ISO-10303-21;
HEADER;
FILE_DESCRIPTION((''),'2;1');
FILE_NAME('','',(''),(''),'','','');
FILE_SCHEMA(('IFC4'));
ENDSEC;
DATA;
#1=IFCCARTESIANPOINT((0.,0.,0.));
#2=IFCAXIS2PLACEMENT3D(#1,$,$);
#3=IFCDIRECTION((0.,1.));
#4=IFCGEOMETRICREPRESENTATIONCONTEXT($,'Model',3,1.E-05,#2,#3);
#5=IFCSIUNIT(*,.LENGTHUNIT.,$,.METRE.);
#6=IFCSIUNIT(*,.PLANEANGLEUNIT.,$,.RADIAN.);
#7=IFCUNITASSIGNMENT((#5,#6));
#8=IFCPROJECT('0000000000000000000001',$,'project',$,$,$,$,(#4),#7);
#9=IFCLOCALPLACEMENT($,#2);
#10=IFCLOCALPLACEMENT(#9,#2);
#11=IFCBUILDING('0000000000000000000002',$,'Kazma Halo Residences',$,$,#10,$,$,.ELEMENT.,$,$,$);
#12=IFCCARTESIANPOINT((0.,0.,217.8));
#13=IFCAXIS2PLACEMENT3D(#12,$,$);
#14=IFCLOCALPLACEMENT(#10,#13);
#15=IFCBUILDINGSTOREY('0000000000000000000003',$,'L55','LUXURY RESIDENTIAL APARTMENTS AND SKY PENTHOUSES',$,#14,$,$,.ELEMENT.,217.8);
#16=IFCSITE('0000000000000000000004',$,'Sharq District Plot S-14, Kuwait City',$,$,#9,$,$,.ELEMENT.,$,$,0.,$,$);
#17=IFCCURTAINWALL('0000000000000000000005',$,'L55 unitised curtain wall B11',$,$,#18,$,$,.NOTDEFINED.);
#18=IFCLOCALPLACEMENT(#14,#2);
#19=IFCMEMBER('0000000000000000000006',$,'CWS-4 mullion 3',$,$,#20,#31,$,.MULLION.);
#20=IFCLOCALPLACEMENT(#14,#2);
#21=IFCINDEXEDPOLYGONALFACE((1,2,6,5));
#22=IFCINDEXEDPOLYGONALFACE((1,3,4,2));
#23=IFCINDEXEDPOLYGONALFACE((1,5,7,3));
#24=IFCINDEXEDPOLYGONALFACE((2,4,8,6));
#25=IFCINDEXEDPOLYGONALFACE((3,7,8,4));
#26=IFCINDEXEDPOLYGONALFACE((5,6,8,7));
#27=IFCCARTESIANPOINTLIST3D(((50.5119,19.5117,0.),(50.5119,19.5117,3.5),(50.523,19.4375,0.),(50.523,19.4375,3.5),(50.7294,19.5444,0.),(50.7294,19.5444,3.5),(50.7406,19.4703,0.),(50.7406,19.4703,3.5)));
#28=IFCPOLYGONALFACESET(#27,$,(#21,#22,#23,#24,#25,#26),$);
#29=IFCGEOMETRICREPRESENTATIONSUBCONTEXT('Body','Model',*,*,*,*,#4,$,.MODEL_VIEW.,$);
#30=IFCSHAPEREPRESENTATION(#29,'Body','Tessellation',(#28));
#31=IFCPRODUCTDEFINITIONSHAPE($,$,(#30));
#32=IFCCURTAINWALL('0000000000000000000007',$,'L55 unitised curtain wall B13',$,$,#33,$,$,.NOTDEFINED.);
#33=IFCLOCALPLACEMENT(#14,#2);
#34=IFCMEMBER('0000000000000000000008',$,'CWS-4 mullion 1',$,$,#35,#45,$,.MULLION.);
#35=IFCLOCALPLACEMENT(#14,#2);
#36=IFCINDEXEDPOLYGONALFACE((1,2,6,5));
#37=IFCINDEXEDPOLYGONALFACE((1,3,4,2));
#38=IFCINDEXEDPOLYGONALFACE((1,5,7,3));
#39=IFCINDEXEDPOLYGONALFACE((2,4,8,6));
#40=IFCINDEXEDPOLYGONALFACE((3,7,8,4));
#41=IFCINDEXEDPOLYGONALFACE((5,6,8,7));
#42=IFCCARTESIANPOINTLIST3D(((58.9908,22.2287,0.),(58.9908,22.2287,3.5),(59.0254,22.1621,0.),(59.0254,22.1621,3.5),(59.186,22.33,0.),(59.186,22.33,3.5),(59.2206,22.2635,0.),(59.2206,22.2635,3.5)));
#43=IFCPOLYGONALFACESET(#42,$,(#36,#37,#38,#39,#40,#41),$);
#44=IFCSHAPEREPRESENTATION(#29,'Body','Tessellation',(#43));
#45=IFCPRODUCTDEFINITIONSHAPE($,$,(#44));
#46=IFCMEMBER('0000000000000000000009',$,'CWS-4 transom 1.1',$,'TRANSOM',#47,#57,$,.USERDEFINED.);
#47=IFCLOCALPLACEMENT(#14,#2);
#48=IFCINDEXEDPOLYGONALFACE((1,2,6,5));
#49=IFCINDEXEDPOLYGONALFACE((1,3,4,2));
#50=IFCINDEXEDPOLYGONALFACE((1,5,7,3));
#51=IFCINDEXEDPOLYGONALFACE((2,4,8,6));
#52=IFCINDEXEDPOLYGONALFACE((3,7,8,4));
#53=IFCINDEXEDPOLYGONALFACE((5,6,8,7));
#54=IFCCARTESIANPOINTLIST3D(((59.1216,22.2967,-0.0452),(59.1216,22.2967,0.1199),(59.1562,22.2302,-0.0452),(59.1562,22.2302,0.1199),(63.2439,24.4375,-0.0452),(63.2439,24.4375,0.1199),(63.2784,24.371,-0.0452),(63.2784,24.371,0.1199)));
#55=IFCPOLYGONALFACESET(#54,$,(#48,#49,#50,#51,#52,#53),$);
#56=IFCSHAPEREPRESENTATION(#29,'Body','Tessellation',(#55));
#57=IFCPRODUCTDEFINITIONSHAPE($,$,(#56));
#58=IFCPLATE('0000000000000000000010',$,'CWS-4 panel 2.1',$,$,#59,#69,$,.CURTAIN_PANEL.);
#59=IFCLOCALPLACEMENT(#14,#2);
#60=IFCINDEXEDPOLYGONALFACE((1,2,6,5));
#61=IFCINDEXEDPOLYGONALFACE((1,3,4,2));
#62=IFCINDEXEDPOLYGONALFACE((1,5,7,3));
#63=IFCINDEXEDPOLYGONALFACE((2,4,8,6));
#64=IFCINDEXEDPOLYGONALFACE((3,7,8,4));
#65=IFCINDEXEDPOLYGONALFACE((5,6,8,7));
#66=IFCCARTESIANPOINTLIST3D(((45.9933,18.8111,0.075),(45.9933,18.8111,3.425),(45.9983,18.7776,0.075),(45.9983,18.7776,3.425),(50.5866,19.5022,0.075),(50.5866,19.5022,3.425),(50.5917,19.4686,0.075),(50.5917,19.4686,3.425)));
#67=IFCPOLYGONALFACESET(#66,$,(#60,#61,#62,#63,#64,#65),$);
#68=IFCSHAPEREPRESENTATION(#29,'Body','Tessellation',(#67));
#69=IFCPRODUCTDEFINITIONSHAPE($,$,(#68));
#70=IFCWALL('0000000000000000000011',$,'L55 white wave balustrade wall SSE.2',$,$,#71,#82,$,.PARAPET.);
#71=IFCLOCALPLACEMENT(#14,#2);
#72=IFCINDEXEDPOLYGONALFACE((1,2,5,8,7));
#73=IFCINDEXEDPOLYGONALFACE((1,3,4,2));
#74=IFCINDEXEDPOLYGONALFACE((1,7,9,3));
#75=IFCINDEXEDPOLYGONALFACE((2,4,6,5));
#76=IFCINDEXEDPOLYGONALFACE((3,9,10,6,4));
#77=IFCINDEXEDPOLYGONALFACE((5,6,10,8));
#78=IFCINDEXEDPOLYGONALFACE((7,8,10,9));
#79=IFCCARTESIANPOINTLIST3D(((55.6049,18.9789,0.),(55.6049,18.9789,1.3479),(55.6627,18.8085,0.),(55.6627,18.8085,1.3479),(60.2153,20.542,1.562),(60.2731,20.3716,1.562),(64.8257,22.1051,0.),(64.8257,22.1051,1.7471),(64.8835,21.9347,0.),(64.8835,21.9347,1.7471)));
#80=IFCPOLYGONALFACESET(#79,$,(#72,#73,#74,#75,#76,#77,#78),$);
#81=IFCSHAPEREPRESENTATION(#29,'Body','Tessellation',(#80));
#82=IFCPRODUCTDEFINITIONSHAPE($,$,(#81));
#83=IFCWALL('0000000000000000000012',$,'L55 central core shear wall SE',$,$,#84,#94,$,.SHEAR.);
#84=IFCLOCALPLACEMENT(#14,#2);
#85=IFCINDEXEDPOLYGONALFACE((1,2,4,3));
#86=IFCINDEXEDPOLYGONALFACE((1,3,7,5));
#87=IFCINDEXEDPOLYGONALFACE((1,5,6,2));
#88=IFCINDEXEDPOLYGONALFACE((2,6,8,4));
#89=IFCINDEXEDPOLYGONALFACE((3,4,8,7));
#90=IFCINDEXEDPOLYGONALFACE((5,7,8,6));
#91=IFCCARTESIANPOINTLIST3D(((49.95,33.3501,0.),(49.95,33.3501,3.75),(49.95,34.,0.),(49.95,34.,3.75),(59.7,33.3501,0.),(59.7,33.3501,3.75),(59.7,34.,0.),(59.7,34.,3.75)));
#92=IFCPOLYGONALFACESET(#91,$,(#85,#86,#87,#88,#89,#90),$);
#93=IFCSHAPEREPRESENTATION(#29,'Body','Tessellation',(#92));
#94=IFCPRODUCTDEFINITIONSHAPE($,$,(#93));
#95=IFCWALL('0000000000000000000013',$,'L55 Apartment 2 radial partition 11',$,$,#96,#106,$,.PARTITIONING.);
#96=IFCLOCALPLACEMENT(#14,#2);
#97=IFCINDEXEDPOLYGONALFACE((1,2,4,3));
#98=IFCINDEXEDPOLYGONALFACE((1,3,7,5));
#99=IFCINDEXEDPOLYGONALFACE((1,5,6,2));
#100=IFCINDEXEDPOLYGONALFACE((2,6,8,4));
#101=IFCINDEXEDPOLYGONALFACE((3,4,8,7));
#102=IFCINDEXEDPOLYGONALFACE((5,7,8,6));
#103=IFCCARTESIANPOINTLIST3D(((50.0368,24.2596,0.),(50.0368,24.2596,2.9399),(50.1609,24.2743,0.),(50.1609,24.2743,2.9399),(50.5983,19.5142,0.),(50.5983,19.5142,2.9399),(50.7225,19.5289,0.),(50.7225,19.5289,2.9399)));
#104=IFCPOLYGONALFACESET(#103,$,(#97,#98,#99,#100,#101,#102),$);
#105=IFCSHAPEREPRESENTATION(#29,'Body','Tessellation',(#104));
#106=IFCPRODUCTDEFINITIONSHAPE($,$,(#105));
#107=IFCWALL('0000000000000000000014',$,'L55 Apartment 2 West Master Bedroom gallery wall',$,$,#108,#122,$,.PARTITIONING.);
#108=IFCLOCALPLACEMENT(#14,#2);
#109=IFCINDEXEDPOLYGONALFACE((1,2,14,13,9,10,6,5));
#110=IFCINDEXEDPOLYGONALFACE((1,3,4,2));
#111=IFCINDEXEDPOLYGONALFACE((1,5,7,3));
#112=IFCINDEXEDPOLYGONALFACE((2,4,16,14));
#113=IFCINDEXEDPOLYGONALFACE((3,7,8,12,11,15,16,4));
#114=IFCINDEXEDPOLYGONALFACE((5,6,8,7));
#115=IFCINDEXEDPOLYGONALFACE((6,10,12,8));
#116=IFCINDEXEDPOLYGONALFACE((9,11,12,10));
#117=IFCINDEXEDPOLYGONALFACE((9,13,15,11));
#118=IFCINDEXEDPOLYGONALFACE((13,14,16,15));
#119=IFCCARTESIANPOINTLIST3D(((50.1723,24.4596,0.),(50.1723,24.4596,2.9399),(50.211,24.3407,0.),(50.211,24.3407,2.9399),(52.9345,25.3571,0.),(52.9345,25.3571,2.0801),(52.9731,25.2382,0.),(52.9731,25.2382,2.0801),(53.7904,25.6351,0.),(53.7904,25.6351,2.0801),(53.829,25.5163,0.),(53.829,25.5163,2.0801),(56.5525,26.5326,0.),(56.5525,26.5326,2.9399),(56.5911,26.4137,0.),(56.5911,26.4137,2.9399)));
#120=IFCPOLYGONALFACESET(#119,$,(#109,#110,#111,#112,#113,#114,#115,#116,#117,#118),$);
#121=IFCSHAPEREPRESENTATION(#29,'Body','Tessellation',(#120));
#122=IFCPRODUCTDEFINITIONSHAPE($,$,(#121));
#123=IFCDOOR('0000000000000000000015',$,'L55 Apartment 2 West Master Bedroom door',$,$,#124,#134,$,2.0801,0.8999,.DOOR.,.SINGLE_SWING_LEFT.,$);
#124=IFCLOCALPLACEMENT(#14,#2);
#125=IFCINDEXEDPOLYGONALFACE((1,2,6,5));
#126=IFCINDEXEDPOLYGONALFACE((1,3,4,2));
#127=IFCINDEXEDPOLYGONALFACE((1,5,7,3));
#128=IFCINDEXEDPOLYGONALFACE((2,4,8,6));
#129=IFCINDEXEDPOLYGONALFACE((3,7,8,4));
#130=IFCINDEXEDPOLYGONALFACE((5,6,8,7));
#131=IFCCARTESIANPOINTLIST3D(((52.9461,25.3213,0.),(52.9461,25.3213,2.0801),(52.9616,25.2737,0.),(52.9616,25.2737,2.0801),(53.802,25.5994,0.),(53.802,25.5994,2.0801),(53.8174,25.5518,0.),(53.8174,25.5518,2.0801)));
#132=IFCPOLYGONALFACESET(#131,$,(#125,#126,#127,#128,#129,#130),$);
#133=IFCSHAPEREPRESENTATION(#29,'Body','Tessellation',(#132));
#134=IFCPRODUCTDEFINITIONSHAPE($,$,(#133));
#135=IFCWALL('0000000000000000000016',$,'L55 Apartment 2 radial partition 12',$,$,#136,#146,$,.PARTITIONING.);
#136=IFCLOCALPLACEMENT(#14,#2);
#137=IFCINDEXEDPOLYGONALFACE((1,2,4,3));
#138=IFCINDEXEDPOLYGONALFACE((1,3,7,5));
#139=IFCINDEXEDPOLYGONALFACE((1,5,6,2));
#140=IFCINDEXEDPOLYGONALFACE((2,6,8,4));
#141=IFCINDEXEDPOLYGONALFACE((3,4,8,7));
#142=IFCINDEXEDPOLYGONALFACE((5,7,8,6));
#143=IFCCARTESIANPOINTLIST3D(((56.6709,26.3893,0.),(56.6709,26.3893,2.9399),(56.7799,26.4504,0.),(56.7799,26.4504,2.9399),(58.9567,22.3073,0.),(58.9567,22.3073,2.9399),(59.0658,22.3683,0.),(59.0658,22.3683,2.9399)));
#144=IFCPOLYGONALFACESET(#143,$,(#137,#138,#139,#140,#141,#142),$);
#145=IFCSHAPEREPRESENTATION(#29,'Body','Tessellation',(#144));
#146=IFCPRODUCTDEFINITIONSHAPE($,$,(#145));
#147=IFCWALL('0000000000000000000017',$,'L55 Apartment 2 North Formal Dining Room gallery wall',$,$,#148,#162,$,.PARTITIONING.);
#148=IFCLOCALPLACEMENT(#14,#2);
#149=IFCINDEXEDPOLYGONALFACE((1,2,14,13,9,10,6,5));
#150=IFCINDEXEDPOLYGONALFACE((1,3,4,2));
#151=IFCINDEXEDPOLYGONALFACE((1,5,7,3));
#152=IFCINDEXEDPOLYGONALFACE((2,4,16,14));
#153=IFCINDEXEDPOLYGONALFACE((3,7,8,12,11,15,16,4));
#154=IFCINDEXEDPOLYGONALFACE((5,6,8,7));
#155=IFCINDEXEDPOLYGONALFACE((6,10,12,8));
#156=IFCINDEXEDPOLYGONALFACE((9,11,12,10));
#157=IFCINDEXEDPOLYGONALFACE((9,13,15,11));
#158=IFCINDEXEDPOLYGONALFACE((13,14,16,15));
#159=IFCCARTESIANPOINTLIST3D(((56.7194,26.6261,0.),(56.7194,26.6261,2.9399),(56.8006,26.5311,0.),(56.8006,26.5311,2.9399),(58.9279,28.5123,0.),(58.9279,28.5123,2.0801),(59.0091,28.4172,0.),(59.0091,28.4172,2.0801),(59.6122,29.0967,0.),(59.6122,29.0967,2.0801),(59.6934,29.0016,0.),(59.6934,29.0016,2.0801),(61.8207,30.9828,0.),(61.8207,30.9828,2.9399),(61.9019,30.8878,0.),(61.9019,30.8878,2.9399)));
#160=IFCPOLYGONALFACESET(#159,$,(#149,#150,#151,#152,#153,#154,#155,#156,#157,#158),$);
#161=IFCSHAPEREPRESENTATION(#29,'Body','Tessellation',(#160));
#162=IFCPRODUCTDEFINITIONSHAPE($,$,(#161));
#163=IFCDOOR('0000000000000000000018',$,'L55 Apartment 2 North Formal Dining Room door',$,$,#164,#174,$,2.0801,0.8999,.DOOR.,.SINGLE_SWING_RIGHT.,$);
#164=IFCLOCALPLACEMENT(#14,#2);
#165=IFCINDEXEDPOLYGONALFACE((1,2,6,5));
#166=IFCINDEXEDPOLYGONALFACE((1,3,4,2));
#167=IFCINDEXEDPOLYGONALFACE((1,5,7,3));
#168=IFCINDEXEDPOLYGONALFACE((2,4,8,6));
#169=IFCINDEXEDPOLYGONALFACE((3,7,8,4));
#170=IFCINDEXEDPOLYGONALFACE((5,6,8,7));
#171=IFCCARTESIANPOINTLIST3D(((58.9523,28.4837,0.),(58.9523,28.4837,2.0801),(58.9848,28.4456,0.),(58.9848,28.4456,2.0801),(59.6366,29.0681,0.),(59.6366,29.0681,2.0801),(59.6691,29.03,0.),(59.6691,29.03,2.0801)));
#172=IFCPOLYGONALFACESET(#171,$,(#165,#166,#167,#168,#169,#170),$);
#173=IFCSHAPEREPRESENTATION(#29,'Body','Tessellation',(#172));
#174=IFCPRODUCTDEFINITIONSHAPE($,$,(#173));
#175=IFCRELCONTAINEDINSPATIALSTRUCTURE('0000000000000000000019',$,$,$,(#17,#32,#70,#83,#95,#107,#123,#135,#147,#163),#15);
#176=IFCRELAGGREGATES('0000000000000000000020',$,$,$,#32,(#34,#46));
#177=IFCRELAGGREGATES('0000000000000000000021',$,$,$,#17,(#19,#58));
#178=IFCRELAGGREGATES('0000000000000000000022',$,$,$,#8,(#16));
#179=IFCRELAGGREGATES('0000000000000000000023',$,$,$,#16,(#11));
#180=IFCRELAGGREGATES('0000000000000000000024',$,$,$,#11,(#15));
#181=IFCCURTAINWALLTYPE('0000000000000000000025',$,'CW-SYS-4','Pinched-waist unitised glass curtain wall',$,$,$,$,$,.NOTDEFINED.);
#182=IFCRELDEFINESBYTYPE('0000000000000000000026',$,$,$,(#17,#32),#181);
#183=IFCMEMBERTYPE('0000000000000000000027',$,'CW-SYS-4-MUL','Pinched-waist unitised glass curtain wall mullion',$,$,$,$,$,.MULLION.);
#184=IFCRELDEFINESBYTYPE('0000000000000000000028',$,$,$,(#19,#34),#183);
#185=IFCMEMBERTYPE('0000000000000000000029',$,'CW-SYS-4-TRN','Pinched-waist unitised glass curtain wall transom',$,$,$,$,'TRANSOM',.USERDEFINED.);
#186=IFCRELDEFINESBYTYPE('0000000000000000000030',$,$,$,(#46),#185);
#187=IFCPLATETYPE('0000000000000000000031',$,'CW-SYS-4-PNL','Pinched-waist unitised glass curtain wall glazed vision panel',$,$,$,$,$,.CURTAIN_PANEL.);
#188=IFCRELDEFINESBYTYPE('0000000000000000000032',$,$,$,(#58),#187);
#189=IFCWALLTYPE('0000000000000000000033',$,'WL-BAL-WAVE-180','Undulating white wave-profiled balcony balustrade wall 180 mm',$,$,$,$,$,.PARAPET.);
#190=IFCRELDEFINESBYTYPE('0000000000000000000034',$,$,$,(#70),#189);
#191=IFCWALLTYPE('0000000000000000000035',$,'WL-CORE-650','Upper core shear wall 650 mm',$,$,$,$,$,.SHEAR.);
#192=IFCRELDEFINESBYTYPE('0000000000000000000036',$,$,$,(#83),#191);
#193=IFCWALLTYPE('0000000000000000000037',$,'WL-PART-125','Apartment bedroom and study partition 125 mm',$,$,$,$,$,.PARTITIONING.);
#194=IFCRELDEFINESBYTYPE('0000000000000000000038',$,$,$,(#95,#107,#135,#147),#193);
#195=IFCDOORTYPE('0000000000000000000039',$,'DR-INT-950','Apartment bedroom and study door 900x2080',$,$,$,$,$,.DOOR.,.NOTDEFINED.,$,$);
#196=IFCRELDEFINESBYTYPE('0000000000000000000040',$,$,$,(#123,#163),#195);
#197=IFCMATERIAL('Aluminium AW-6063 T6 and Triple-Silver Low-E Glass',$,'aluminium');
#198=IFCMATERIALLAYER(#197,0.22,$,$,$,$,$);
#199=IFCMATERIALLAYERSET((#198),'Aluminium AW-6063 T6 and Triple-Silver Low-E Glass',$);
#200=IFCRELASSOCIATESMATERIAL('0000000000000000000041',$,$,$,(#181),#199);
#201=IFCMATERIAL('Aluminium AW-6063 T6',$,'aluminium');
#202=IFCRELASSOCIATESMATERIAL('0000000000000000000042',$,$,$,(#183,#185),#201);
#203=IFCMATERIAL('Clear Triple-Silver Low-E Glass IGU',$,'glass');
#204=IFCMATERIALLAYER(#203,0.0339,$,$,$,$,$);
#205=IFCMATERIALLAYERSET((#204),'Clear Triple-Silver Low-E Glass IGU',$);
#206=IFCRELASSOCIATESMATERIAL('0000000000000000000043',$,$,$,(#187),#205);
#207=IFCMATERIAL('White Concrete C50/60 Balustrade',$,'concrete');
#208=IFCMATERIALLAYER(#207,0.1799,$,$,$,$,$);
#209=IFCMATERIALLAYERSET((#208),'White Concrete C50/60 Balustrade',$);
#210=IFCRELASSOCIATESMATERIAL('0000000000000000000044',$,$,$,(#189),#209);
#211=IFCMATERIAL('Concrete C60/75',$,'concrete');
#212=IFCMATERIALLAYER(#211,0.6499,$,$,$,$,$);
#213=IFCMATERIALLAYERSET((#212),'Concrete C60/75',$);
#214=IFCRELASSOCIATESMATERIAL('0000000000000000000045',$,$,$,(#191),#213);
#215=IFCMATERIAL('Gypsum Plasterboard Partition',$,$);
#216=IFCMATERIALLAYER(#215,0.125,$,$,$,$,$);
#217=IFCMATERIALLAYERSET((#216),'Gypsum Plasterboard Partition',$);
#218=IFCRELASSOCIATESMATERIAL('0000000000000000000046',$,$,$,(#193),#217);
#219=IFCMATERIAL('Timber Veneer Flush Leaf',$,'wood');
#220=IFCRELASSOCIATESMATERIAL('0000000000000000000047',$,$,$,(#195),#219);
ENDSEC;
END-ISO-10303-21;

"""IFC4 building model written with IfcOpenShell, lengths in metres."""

from ifc_helpers import new_model, si_unit, direction, frame, frame_2d, origin, origin_2d, place, context, subcontext, project, spatial, polyline, rectangle, outline, extrude, material, layer, layer_set, material_profile, profile_set, type_object, element, fill, aggregate, save


model = new_model("IFC4")

# Units and contexts
model_context = context("Model", 3, precision=1e-05, world=origin(), true_north=direction((0.0, 1.0)))
body_context = subcontext(model_context, "Body", "Model", "MODEL_VIEW")
ifc_project = project(units=[si_unit("LENGTHUNIT", "METRE"), si_unit("PLANEANGLEUNIT", "RADIAN")], contexts=[model_context])

# Site, building, storey
site_placement = place(None, origin())
site = spatial("IfcSite", under=ifc_project, at=site_placement, Name="Sharq District Plot S-14, Kuwait City", CompositionType="ELEMENT", RefElevation=0.0)
building_placement = place(site_placement, origin())
building = spatial("IfcBuilding", under=site, at=building_placement, Name="Kazma Halo Residences", CompositionType="ELEMENT")
storey_placement = place(building_placement, frame((0.0, 0.0, 217.8)))
storey = spatial("IfcBuildingStorey", under=building, at=storey_placement, Name="L55", Description="LUXURY RESIDENTIAL APARTMENTS AND SKY PENTHOUSES", CompositionType="ELEMENT", Elevation=217.8)

# Curtain wall, member
ifc_material_1 = material(Name="Aluminium AW-6063 T6 and Triple-Silver Low-E Glass", Category="aluminium")
ifc_layer_1 = layer(ifc_material_1, 0.22)
ifc_layer_set_1 = layer_set([ifc_layer_1], Name="Aluminium AW-6063 T6 and Triple-Silver Low-E Glass")
curtain_wall_type = type_object("IfcCurtainWallType", Name="CW-SYS-4", Description="Pinched-waist unitised glass curtain wall", PredefinedType="NOTDEFINED", material=ifc_layer_set_1)
curtain_wall_1_placement = place(storey_placement, origin())
curtain_wall_1 = element("IfcCurtainWall", 1, at=curtain_wall_1_placement, inside=storey, type_object=curtain_wall_type, Name="L55 unitised curtain wall B11", PredefinedType="NOTDEFINED")
ifc_material_2 = material(Name="Aluminium AW-6063 T6", Category="aluminium")
ifc_material_profile_1 = material_profile(ifc_material_2, rectangle(XDim=0.075, YDim=0.22, at=origin_2d()), Name="CWM-75x220")
ifc_profile_set_1 = profile_set([ifc_material_profile_1], Name="Aluminium AW-6063 T6")
member_type_1 = type_object("IfcMemberType", Name="CW-SYS-4-MUL", Description="Pinched-waist unitised glass curtain wall mullion", PredefinedType="MULLION", material=ifc_profile_set_1)
member_1_placement = place(storey_placement, frame((50.6262, 19.491, 0.0), z_axis=(0.0, 0.0, 1.0), x_axis=(-0.148773, 0.988871, 0.0)))
member_1 = element("IfcMember", 2, at=member_1_placement, type_object=member_type_1, Name="CWS-4 mullion 3", PredefinedType="MULLION", context=body_context, shape_type="SweptSolid", body=[
    extrude(rectangle(XDim=0.075, YDim=0.22, at=origin_2d()), origin(), (0.0, 0.0, 1.0), 3.5),
])

# Curtain wall, members
curtain_wall_2_placement = place(storey_placement, origin())
curtain_wall_2 = element("IfcCurtainWall", 3, at=curtain_wall_2_placement, inside=storey, type_object=curtain_wall_type, Name="L55 unitised curtain wall B13", PredefinedType="NOTDEFINED")
member_2_placement = place(storey_placement, frame((59.1057, 22.2461, 0.0), z_axis=(0.0, 0.0, 1.0), x_axis=(-0.460874, 0.887466, 0.0)))
member_2 = element("IfcMember", 4, at=member_2_placement, type_object=member_type_1, Name="CWS-4 mullion 1", PredefinedType="MULLION", context=body_context, shape_type="SweptSolid", body=[
    extrude(rectangle(XDim=0.075, YDim=0.22, at=origin_2d()), origin(), (0.0, 0.0, 1.0), 3.5),
])
ifc_material_profile_2 = material_profile(ifc_material_2, rectangle(XDim=0.075, YDim=0.165, at=origin_2d()), Name="CWT-75x165")
ifc_profile_set_2 = profile_set([ifc_material_profile_2], Name="Aluminium AW-6063 T6")
member_type_2 = type_object("IfcMemberType", Name="CW-SYS-4-TRN", Description="Pinched-waist unitised glass curtain wall transom", ElementType="TRANSOM", PredefinedType="USERDEFINED", material=ifc_profile_set_2)
member_3_placement = place(storey_placement, frame((59.1389, 22.2634, 0.0374), z_axis=(0.887458, 0.460889, 0.0), x_axis=(-0.460889, 0.887458, 0.0)))
member_3 = element("IfcMember", 5, at=member_3_placement, type_object=member_type_2, Name="CWS-4 transom 1.1", ObjectType="TRANSOM", PredefinedType="USERDEFINED", context=body_context, shape_type="SweptSolid", body=[
    extrude(rectangle(XDim=0.075, YDim=0.165, at=origin_2d()), origin(), (0.0, 0.0, 1.0), 4.645),
])
aggregate(curtain_wall_2, [member_2, member_3])

# Plate
ifc_material_3 = material(Name="Clear Triple-Silver Low-E Glass IGU", Category="glass")
ifc_layer_2 = layer(ifc_material_3, 0.0339)
ifc_layer_set_2 = layer_set([ifc_layer_2], Name="Clear Triple-Silver Low-E Glass IGU")
plate_type = type_object("IfcPlateType", Name="CW-SYS-4-PNL", Description="Pinched-waist unitised glass curtain wall glazed vision panel", PredefinedType="CURTAIN_PANEL", material=ifc_layer_set_2)
plate_placement = place(storey_placement, frame((48.2925, 19.1399, 0.075), z_axis=(0.0, 0.0, 1.0), x_axis=(0.988871, 0.148773, 0.0)))
plate = element("IfcPlate", 6, at=plate_placement, type_object=plate_type, Name="CWS-4 panel 2.1", PredefinedType="CURTAIN_PANEL", context=body_context, shape_type="SweptSolid", body=[
    extrude(rectangle(XDim=4.645, YDim=0.0339, at=origin_2d()), origin(), (0.0, 0.0, 1.0), 3.3501),
])
aggregate(curtain_wall_1, [member_1, plate])

# Walls
ifc_material_4 = material(Name="White Concrete C50/60 Balustrade", Category="concrete")
ifc_layer_3 = layer(ifc_material_4, 0.1799)
ifc_layer_set_3 = layer_set([ifc_layer_3], Name="White Concrete C50/60 Balustrade")
wall_type_1 = type_object("IfcWallType", Name="WL-BAL-WAVE-180", Description="Undulating white wave-profiled balcony balustrade wall 180 mm", PredefinedType="PARAPET", material=ifc_layer_set_3)
wall_1_placement = place(storey_placement, frame((55.6338, 18.8938, 0.0), z_axis=(0.0, 0.0, 1.0), x_axis=(0.947048, 0.321091, 0.0)))
element("IfcWall", 7, at=wall_1_placement, inside=storey, type_object=wall_type_1, Name="L55 white wave balustrade wall SSE.2", PredefinedType="PARAPET", context=body_context, shape_type="SweptSolid", body=[
    extrude(outline(polyline([(0.0, 0.0), (9.7363, 0.0), (9.7363, 1.7471), (4.8682, 1.562), (0.0, 1.3479), (0.0, 0.0)])), frame((0.0, 0.0898, 0.0), z_axis=(0.0, -1.0, 0.0), x_axis=(1.0, 0.0, 0.0)), (0.0, 0.0, 1.0), 0.1799),
])
ifc_material_5 = material(Name="Concrete C60/75", Category="concrete")
ifc_layer_4 = layer(ifc_material_5, 0.6499)
ifc_layer_set_4 = layer_set([ifc_layer_4], Name="Concrete C60/75")
wall_type_2 = type_object("IfcWallType", Name="WL-CORE-650", Description="Upper core shear wall 650 mm", PredefinedType="SHEAR", material=ifc_layer_set_4)
wall_2_placement = place(storey_placement, frame((49.95, 33.675, 0.0), z_axis=(0.0, 0.0, 1.0), x_axis=(1.0, 0.0, 0.0)))
element("IfcWall", 8, at=wall_2_placement, inside=storey, type_object=wall_type_2, Name="L55 central core shear wall SE", PredefinedType="SHEAR", context=body_context, shape_type="SweptSolid", body=[
    extrude(rectangle(XDim=9.75, YDim=0.6499, at=frame_2d((4.875, 0.0))), origin(), (0.0, 0.0, 1.0), 3.75),
])

# Wall
ifc_material_6 = material(Name="Gypsum Plasterboard Partition")
ifc_layer_5 = layer(ifc_material_6, 0.125)
ifc_layer_set_5 = layer_set([ifc_layer_5], Name="Gypsum Plasterboard Partition")
wall_type_3 = type_object("IfcWallType", Name="WL-PART-125", Description="Apartment bedroom and study partition 125 mm", PredefinedType="PARTITIONING", material=ifc_layer_set_5)
wall_3_placement = place(storey_placement, frame((50.0989, 24.2668, 0.0), z_axis=(0.0, 0.0, 1.0), x_axis=(0.117511, -0.993072, 0.0)))
element("IfcWall", 9, at=wall_3_placement, inside=storey, type_object=wall_type_3, Name="L55 Apartment 2 radial partition 11", PredefinedType="PARTITIONING", context=body_context, shape_type="SweptSolid", body=[
    extrude(rectangle(XDim=4.7786, YDim=0.125, at=frame_2d((2.3892, 0.0))), origin(), (0.0, 0.0, 1.0), 2.9399),
])

# Wall, opening, door
wall_4_placement = place(storey_placement, frame((50.1917, 24.4001, 0.0), z_axis=(0.0, 0.0, 1.0), x_axis=(0.951058, 0.309013, 0.0)))
wall_4 = element("IfcWall", 10, at=wall_4_placement, inside=storey, type_object=wall_type_3, Name="L55 Apartment 2 West Master Bedroom gallery wall", PredefinedType="PARTITIONING", context=body_context, shape_type="SweptSolid", body=[
    extrude(rectangle(XDim=6.7085, YDim=0.125, at=frame_2d((3.3542, 0.0))), origin(), (0.0, 0.0, 1.0), 2.9399),
])
opening_1_placement = place(wall_4_placement, frame((2.9043, 0.0, 0.0)))
opening_1 = element("IfcOpeningElement", 11, at=opening_1_placement, cuts=wall_4, PredefinedType="OPENING", context=body_context, shape_type="SweptSolid", body=[
    extrude(rectangle(XDim=0.8999, YDim=2.0801, at=frame_2d((0.45, 1.04))), frame((0.0, 0.0725, 0.0), z_axis=(0.0, -1.0, 0.0), x_axis=(1.0, 0.0, 0.0)), (0.0, 0.0, 1.0), 0.145),
])
ifc_material_7 = material(Name="Timber Veneer Flush Leaf", Category="wood")
door_type_1 = type_object("IfcDoorType", Name="DR-INT-950", Description="Apartment bedroom and study door 900x2080", OperationType="NOTDEFINED", PredefinedType="DOOR", material=ifc_material_7)
door_1_placement = place(opening_1_placement, origin())
door_1 = element("IfcDoor", 12, at=door_1_placement, inside=storey, type_object=door_type_1, Name="L55 Apartment 2 West Master Bedroom door", OperationType="SINGLE_SWING_LEFT", OverallHeight=2.0801, OverallWidth=0.8999, PredefinedType="DOOR", context=body_context, shape_type="SweptSolid", body=[
    extrude(rectangle(XDim=0.8999, YDim=2.0801, at=frame_2d((0.45, 1.04))), frame((0.0, 0.0249, 0.0), z_axis=(0.0, -1.0, 0.0), x_axis=(1.0, 0.0, 0.0)), (0.0, 0.0, 1.0), 0.05),
])
fill(opening_1, door_1)

# Wall
wall_5_placement = place(storey_placement, frame((56.7253, 26.4199, 0.0), z_axis=(0.0, 0.0, 1.0), x_axis=(0.488595, -0.87251, 0.0)))
element("IfcWall", 13, at=wall_5_placement, inside=storey, type_object=wall_type_3, Name="L55 Apartment 2 radial partition 12", PredefinedType="PARTITIONING", context=body_context, shape_type="SweptSolid", body=[
    extrude(rectangle(XDim=4.6785, YDim=0.125, at=frame_2d((2.3394, 0.0))), origin(), (0.0, 0.0, 1.0), 2.9399),
])

# Wall, opening, door
wall_6_placement = place(storey_placement, frame((56.76, 26.5786, 0.0), z_axis=(0.0, 0.0, 1.0), x_axis=(0.760424, 0.649427, 0.0)))
wall_6 = element("IfcWall", 14, at=wall_6_placement, inside=storey, type_object=wall_type_3, Name="L55 Apartment 2 North Formal Dining Room gallery wall", PredefinedType="PARTITIONING", context=body_context, shape_type="SweptSolid", body=[
    extrude(rectangle(XDim=6.7085, YDim=0.125, at=frame_2d((3.3542, 0.0))), origin(), (0.0, 0.0, 1.0), 2.9399),
])
opening_2_placement = place(wall_6_placement, frame((2.9043, 0.0, 0.0)))
opening_2 = element("IfcOpeningElement", 15, at=opening_2_placement, cuts=wall_6, PredefinedType="OPENING", context=body_context, shape_type="SweptSolid", body=[
    extrude(rectangle(XDim=0.8999, YDim=2.0801, at=frame_2d((0.45, 1.04))), frame((0.0, 0.0725, 0.0), z_axis=(0.0, -1.0, 0.0), x_axis=(1.0, 0.0, 0.0)), (0.0, 0.0, 1.0), 0.145),
])
door_2_placement = place(opening_2_placement, origin())
door_2 = element("IfcDoor", 16, at=door_2_placement, inside=storey, type_object=door_type_1, Name="L55 Apartment 2 North Formal Dining Room door", OperationType="SINGLE_SWING_RIGHT", OverallHeight=2.0801, OverallWidth=0.8999, PredefinedType="DOOR", context=body_context, shape_type="SweptSolid", body=[
    extrude(rectangle(XDim=0.8999, YDim=2.0801, at=frame_2d((0.45, 1.04))), frame((0.0, 0.0249, 0.0), z_axis=(0.0, -1.0, 0.0), x_axis=(1.0, 0.0, 0.0)), (0.0, 0.0, 1.0), 0.05),
])
fill(opening_2, door_2)

save(model, "model.ifc")
